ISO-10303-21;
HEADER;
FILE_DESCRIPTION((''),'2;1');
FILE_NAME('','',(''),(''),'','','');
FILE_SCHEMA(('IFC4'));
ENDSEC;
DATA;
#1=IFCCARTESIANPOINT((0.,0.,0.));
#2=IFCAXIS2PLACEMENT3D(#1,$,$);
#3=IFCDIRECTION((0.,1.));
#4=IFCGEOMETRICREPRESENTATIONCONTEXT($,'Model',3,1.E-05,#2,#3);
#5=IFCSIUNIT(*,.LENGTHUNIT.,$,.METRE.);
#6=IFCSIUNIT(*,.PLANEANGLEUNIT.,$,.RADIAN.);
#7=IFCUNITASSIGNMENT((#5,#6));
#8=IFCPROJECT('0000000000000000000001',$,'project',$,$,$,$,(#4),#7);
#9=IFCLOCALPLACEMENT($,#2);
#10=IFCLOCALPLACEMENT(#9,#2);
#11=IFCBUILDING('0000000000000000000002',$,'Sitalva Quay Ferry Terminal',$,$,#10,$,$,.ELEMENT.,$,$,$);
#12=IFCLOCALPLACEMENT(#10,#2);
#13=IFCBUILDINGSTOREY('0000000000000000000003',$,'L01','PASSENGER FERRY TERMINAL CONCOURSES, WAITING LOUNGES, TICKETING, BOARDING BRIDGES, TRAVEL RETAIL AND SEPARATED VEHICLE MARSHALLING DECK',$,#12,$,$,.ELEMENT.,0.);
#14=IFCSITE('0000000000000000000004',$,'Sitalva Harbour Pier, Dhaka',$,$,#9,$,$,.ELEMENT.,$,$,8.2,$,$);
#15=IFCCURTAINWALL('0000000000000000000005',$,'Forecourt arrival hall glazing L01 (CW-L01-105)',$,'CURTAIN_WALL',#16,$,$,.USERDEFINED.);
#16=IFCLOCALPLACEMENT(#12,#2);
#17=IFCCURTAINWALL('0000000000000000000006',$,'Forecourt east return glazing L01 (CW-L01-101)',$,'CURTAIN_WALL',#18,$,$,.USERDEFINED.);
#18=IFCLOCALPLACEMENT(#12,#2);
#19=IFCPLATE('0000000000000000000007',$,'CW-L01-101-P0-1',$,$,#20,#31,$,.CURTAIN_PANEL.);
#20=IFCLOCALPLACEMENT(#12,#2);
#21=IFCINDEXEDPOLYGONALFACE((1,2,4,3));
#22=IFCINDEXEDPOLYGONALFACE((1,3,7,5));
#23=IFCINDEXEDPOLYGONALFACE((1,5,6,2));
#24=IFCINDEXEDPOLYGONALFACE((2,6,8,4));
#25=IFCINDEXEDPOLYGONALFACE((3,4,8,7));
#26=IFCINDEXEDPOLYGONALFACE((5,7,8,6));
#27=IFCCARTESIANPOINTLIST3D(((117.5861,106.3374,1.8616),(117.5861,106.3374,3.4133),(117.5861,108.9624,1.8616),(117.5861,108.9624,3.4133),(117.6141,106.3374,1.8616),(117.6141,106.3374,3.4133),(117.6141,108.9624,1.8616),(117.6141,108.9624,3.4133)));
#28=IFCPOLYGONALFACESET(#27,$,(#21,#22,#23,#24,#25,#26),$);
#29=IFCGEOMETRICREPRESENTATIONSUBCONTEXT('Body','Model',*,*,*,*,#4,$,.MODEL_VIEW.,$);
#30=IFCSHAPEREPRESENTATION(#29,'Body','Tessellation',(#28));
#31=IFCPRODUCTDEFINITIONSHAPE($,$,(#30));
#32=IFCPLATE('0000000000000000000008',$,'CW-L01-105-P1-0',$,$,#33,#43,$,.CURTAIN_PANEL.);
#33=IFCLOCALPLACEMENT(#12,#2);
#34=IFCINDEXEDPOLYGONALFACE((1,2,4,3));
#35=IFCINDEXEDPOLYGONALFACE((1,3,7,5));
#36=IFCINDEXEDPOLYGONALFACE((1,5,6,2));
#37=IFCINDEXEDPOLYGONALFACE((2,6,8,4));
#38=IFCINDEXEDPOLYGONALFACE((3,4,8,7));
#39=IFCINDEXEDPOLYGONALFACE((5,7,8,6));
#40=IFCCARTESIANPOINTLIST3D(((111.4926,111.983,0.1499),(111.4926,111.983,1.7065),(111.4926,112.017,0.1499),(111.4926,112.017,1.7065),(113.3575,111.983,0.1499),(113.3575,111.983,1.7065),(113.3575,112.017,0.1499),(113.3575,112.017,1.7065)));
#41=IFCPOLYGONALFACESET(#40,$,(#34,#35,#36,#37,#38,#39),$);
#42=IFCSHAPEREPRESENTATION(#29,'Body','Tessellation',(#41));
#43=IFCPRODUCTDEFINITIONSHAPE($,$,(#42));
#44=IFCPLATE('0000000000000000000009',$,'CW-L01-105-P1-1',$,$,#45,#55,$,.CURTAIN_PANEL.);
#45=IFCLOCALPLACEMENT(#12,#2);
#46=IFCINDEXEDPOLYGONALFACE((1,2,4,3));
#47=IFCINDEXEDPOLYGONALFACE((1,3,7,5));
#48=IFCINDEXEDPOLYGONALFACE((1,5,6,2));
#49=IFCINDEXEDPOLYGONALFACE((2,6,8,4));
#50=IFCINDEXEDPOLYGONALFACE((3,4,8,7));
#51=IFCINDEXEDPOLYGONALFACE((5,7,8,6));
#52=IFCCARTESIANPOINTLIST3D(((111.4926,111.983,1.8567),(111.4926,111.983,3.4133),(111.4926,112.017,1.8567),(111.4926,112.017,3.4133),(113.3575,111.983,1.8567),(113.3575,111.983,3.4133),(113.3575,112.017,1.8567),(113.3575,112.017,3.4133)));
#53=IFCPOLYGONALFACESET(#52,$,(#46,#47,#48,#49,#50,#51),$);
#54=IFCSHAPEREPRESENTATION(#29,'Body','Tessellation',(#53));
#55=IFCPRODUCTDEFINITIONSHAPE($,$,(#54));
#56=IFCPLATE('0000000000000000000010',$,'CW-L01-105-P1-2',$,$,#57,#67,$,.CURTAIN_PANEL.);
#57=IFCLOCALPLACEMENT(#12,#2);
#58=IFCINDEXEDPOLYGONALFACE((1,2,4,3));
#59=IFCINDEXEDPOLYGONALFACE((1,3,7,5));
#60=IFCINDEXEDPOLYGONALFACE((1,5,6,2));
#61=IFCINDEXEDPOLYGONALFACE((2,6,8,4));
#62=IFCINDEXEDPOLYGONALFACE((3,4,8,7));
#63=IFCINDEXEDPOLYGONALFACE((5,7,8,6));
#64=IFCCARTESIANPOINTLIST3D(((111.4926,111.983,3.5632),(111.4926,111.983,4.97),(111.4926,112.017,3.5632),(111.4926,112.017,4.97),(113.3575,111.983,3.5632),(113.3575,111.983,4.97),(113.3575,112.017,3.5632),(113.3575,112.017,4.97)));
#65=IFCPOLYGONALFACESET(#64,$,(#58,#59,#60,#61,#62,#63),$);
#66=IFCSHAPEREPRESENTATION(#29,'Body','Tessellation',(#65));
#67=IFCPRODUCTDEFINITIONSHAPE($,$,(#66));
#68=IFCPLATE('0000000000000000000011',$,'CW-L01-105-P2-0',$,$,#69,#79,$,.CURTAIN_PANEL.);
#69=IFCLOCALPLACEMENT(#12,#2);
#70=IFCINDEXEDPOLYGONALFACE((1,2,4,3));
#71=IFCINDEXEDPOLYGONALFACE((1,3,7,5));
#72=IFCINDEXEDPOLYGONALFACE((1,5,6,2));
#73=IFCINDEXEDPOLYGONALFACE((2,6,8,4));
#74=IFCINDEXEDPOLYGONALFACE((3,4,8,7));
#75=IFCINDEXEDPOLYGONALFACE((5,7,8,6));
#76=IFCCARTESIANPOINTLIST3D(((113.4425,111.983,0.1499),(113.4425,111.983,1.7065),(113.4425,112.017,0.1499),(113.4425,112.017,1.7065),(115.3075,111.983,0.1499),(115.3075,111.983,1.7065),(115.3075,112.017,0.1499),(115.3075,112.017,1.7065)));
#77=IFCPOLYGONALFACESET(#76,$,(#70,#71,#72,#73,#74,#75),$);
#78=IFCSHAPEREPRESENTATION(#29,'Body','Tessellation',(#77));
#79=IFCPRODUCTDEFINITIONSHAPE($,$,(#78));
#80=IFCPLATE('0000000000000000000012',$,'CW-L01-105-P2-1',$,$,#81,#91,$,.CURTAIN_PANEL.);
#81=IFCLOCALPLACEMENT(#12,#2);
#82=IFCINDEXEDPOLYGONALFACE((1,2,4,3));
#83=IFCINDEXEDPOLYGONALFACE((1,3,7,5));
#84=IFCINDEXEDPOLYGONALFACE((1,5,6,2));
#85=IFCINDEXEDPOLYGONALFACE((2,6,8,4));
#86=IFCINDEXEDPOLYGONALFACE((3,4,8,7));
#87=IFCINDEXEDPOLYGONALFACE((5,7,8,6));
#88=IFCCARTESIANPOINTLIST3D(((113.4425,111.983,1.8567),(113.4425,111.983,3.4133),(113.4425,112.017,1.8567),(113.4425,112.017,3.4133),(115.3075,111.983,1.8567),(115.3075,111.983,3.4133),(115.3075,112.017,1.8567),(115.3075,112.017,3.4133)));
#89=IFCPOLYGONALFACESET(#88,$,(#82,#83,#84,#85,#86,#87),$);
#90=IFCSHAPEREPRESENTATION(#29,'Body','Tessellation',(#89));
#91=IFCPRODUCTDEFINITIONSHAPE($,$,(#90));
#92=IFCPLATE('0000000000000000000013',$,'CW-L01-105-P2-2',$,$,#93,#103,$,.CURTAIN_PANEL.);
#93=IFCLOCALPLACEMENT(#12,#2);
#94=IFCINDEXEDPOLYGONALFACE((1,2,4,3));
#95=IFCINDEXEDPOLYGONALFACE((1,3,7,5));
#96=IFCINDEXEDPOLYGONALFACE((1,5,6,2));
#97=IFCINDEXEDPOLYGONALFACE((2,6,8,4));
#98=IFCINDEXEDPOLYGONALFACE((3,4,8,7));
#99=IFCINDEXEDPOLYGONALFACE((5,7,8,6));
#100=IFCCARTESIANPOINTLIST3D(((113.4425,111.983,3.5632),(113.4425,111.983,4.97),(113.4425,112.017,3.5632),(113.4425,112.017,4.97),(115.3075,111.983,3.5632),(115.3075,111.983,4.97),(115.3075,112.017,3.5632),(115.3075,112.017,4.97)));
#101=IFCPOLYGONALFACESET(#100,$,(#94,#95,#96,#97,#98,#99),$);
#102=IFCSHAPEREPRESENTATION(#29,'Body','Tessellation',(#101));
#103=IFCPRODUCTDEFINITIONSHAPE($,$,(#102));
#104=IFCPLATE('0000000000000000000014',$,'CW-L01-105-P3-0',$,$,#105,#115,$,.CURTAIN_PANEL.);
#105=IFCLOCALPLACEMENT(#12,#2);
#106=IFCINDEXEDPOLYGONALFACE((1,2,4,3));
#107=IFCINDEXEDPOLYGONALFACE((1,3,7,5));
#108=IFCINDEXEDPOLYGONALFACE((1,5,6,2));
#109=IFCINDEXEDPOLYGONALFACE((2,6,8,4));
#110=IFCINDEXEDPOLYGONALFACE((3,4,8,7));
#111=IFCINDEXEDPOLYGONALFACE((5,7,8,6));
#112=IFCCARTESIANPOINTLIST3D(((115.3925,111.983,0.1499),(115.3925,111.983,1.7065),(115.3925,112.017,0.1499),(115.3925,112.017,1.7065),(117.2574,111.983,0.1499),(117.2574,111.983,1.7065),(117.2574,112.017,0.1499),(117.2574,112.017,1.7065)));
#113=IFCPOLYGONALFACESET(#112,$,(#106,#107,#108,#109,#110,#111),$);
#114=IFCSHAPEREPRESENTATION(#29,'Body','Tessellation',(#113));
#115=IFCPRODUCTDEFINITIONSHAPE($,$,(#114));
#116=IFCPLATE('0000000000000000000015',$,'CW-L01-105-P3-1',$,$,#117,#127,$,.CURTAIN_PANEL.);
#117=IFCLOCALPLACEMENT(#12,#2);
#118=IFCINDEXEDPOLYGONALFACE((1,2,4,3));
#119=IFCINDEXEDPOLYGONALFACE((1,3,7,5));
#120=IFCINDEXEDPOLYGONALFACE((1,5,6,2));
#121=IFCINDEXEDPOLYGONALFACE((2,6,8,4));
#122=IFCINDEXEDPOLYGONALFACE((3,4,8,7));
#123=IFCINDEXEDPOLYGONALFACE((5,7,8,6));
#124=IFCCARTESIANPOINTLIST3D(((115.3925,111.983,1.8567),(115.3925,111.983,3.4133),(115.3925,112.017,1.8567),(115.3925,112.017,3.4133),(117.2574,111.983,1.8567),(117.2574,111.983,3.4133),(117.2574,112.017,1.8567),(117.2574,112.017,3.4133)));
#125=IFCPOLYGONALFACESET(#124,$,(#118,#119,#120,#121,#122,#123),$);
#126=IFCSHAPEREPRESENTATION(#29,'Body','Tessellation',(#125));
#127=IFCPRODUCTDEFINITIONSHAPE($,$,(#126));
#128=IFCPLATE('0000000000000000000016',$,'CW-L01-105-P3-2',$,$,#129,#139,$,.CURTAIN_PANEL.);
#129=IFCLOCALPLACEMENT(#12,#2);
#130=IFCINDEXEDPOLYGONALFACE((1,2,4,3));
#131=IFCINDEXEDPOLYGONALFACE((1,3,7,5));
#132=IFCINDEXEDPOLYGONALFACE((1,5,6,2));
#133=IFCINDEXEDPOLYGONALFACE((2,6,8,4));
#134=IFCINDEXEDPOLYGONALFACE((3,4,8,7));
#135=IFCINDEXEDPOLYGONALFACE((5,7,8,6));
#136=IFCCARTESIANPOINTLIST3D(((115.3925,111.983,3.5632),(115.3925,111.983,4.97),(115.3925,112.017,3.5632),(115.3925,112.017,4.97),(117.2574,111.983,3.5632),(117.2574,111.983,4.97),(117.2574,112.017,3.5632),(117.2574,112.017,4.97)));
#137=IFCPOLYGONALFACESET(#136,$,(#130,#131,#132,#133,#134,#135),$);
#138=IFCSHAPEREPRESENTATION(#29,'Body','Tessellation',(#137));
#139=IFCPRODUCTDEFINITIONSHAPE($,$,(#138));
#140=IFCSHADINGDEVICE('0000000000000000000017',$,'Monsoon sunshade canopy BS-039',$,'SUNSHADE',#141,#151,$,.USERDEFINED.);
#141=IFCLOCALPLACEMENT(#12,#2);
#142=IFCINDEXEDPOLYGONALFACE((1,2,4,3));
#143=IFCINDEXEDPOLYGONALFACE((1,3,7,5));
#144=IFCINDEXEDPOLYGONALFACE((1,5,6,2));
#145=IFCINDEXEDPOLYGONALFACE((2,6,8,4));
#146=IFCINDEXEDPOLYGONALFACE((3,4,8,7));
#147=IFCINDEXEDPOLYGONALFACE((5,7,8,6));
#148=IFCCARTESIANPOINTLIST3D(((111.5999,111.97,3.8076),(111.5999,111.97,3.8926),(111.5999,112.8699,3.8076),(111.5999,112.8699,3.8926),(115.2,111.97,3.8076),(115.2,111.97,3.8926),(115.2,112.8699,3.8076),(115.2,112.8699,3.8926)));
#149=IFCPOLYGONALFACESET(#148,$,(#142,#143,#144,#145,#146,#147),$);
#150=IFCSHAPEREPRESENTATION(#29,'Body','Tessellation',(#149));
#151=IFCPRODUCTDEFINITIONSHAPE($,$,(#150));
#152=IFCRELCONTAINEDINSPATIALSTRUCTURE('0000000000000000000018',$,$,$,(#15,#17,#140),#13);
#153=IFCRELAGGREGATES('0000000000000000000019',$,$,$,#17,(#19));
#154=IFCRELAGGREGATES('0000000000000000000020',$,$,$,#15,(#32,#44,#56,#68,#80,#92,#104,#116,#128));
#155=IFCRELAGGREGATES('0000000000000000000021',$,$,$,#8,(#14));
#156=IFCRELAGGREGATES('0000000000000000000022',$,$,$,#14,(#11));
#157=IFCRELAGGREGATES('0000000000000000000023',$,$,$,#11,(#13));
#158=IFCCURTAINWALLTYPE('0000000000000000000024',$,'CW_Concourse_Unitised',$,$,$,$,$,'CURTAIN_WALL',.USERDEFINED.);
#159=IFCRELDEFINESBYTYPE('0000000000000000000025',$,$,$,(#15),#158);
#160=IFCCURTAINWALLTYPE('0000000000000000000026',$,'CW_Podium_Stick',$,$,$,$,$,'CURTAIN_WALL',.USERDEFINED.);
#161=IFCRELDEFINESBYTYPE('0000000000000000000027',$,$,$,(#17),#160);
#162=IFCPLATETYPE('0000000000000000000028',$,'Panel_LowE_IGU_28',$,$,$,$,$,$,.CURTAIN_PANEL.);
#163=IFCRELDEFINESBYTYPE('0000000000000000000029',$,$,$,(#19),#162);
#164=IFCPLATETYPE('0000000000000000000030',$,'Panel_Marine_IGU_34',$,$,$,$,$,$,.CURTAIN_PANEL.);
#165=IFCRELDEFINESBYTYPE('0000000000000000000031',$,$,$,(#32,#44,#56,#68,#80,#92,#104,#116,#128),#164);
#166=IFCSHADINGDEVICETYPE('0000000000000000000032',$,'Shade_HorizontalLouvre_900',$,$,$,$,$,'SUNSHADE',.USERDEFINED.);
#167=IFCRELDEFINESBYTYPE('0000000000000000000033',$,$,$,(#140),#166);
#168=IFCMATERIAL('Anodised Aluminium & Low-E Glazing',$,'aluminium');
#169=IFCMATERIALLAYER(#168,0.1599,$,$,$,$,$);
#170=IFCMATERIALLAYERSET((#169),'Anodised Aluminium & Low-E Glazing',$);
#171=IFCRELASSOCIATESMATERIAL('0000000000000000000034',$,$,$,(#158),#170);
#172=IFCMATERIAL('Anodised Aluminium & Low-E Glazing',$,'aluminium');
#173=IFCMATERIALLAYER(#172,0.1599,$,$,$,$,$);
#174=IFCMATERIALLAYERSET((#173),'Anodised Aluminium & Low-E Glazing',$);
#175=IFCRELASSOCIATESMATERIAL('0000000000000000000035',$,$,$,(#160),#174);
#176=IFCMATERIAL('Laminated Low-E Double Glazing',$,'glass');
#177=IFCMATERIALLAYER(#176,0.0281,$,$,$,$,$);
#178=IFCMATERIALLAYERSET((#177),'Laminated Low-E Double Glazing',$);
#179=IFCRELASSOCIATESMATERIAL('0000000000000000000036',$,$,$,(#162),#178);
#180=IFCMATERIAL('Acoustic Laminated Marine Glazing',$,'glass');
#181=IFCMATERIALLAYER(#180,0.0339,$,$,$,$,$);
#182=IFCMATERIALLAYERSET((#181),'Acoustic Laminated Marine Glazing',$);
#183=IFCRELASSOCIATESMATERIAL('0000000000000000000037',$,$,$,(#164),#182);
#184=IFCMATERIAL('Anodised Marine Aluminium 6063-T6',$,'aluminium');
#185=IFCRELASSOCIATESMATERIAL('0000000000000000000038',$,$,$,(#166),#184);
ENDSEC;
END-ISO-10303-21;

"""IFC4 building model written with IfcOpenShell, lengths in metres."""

from ifc_helpers import new_model, si_unit, direction, frame, origin, origin_2d, place, context, subcontext, project, spatial, rectangle, extrude, material, layer, layer_set, type_object, element, aggregate, save


model = new_model("IFC4")

# Units and contexts
model_context = context("Model", 3, precision=1e-05, world=origin(), true_north=direction((0.0, 1.0)))
body_context = subcontext(model_context, "Body", "Model", "MODEL_VIEW")
ifc_project = project(units=[si_unit("LENGTHUNIT", "METRE"), si_unit("PLANEANGLEUNIT", "RADIAN")], contexts=[model_context])

# Site, building, storey
site_placement = place(None, origin())
site = spatial("IfcSite", under=ifc_project, at=site_placement, Name="Sitalva Harbour Pier, Dhaka", CompositionType="ELEMENT", RefElevation=8.2)
building_placement = place(site_placement, origin())
building = spatial("IfcBuilding", under=site, at=building_placement, Name="Sitalva Quay Ferry Terminal", CompositionType="ELEMENT")
storey_placement = place(building_placement, origin())
storey = spatial("IfcBuildingStorey", under=building, at=storey_placement, Name="L01", Description="PASSENGER FERRY TERMINAL CONCOURSES, WAITING LOUNGES, TICKETING, BOARDING BRIDGES, TRAVEL RETAIL AND SEPARATED VEHICLE MARSHALLING DECK", CompositionType="ELEMENT", Elevation=0.0)

# Curtain wall
ifc_material_1 = material(Name="Anodised Aluminium & Low-E Glazing", Category="aluminium")
ifc_layer_1 = layer(ifc_material_1, 0.1599)
ifc_layer_set_1 = layer_set([ifc_layer_1], Name="Anodised Aluminium & Low-E Glazing")
curtain_wall_type_1 = type_object("IfcCurtainWallType", Name="CW_Concourse_Unitised", ElementType="CURTAIN_WALL", PredefinedType="USERDEFINED", material=ifc_layer_set_1)
curtain_wall_1_placement = place(storey_placement, origin())
curtain_wall_1 = element("IfcCurtainWall", 1, at=curtain_wall_1_placement, inside=storey, type_object=curtain_wall_type_1, Name="Forecourt arrival hall glazing L01 (CW-L01-105)", ObjectType="CURTAIN_WALL", PredefinedType="USERDEFINED")

# Curtain wall, plate
ifc_material_2 = material(Name="Anodised Aluminium & Low-E Glazing", Category="aluminium")
ifc_layer_2 = layer(ifc_material_2, 0.1599)
ifc_layer_set_2 = layer_set([ifc_layer_2], Name="Anodised Aluminium & Low-E Glazing")
curtain_wall_type_2 = type_object("IfcCurtainWallType", Name="CW_Podium_Stick", ElementType="CURTAIN_WALL", PredefinedType="USERDEFINED", material=ifc_layer_set_2)
curtain_wall_2_placement = place(storey_placement, origin())
curtain_wall_2 = element("IfcCurtainWall", 2, at=curtain_wall_2_placement, inside=storey, type_object=curtain_wall_type_2, Name="Forecourt east return glazing L01 (CW-L01-101)", ObjectType="CURTAIN_WALL", PredefinedType="USERDEFINED")
ifc_material_3 = material(Name="Laminated Low-E Double Glazing", Category="glass")
ifc_layer_3 = layer(ifc_material_3, 0.0281)
ifc_layer_set_3 = layer_set([ifc_layer_3], Name="Laminated Low-E Double Glazing")
plate_type_1 = type_object("IfcPlateType", Name="Panel_LowE_IGU_28", PredefinedType="CURTAIN_PANEL", material=ifc_layer_set_3)
plate_1_placement = place(storey_placement, frame((117.6001, 107.6499, 1.8616), z_axis=(0.0, 0.0, 1.0), x_axis=(0.0, 1.0, 0.0)))
plate_1 = element("IfcPlate", 3, at=plate_1_placement, type_object=plate_type_1, Name="CW-L01-101-P0-1", PredefinedType="CURTAIN_PANEL", context=body_context, shape_type="SweptSolid", body=[
    extrude(rectangle(XDim=2.625, YDim=0.0281, at=origin_2d()), origin(), (0.0, 0.0, 1.0), 1.5518),
])
aggregate(curtain_wall_2, [plate_1])

# Plates
ifc_material_4 = material(Name="Acoustic Laminated Marine Glazing", Category="glass")
ifc_layer_4 = layer(ifc_material_4, 0.0339)
ifc_layer_set_4 = layer_set([ifc_layer_4], Name="Acoustic Laminated Marine Glazing")
plate_type_2 = type_object("IfcPlateType", Name="Panel_Marine_IGU_34", PredefinedType="CURTAIN_PANEL", material=ifc_layer_set_4)
plate_2_placement = place(storey_placement, frame((112.425, 112.0, 0.1499), z_axis=(0.0, 0.0, 1.0), x_axis=(1.0, 0.0, 0.0)))
plate_2 = element("IfcPlate", 4, at=plate_2_placement, type_object=plate_type_2, Name="CW-L01-105-P1-0", PredefinedType="CURTAIN_PANEL", context=body_context, shape_type="SweptSolid", body=[
    extrude(rectangle(XDim=1.865, YDim=0.0339, at=origin_2d()), origin(), (0.0, 0.0, 1.0), 1.5566),
])
plate_3_placement = place(storey_placement, frame((112.425, 112.0, 1.8567), z_axis=(0.0, 0.0, 1.0), x_axis=(1.0, 0.0, 0.0)))
plate_3 = element("IfcPlate", 5, at=plate_3_placement, type_object=plate_type_2, Name="CW-L01-105-P1-1", PredefinedType="CURTAIN_PANEL", context=body_context, shape_type="SweptSolid", body=[
    extrude(rectangle(XDim=1.865, YDim=0.0339, at=origin_2d()), origin(), (0.0, 0.0, 1.0), 1.5566),
])
plate_4_placement = place(storey_placement, frame((112.425, 112.0, 3.5632), z_axis=(0.0, 0.0, 1.0), x_axis=(1.0, 0.0, 0.0)))
plate_4 = element("IfcPlate", 6, at=plate_4_placement, type_object=plate_type_2, Name="CW-L01-105-P1-2", PredefinedType="CURTAIN_PANEL", context=body_context, shape_type="SweptSolid", body=[
    extrude(rectangle(XDim=1.865, YDim=0.0339, at=origin_2d()), origin(), (0.0, 0.0, 1.0), 1.4067),
])
plate_5_placement = place(storey_placement, frame((114.375, 112.0, 0.1499), z_axis=(0.0, 0.0, 1.0), x_axis=(1.0, 0.0, 0.0)))
plate_5 = element("IfcPlate", 7, at=plate_5_placement, type_object=plate_type_2, Name="CW-L01-105-P2-0", PredefinedType="CURTAIN_PANEL", context=body_context, shape_type="SweptSolid", body=[
    extrude(rectangle(XDim=1.865, YDim=0.0339, at=origin_2d()), origin(), (0.0, 0.0, 1.0), 1.5566),
])
plate_6_placement = place(storey_placement, frame((114.375, 112.0, 1.8567), z_axis=(0.0, 0.0, 1.0), x_axis=(1.0, 0.0, 0.0)))
plate_6 = element("IfcPlate", 8, at=plate_6_placement, type_object=plate_type_2, Name="CW-L01-105-P2-1", PredefinedType="CURTAIN_PANEL", context=body_context, shape_type="SweptSolid", body=[
    extrude(rectangle(XDim=1.865, YDim=0.0339, at=origin_2d()), origin(), (0.0, 0.0, 1.0), 1.5566),
])
plate_7_placement = place(storey_placement, frame((114.375, 112.0, 3.5632), z_axis=(0.0, 0.0, 1.0), x_axis=(1.0, 0.0, 0.0)))
plate_7 = element("IfcPlate", 9, at=plate_7_placement, type_object=plate_type_2, Name="CW-L01-105-P2-2", PredefinedType="CURTAIN_PANEL", context=body_context, shape_type="SweptSolid", body=[
    extrude(rectangle(XDim=1.865, YDim=0.0339, at=origin_2d()), origin(), (0.0, 0.0, 1.0), 1.4067),
])
plate_8_placement = place(storey_placement, frame((116.325, 112.0, 0.1499), z_axis=(0.0, 0.0, 1.0), x_axis=(1.0, 0.0, 0.0)))
plate_8 = element("IfcPlate", 10, at=plate_8_placement, type_object=plate_type_2, Name="CW-L01-105-P3-0", PredefinedType="CURTAIN_PANEL", context=body_context, shape_type="SweptSolid", body=[
    extrude(rectangle(XDim=1.865, YDim=0.0339, at=origin_2d()), origin(), (0.0, 0.0, 1.0), 1.5566),
])
plate_9_placement = place(storey_placement, frame((116.325, 112.0, 1.8567), z_axis=(0.0, 0.0, 1.0), x_axis=(1.0, 0.0, 0.0)))
plate_9 = element("IfcPlate", 11, at=plate_9_placement, type_object=plate_type_2, Name="CW-L01-105-P3-1", PredefinedType="CURTAIN_PANEL", context=body_context, shape_type="SweptSolid", body=[
    extrude(rectangle(XDim=1.865, YDim=0.0339, at=origin_2d()), origin(), (0.0, 0.0, 1.0), 1.5566),
])
plate_10_placement = place(storey_placement, frame((116.325, 112.0, 3.5632), z_axis=(0.0, 0.0, 1.0), x_axis=(1.0, 0.0, 0.0)))
plate_10 = element("IfcPlate", 12, at=plate_10_placement, type_object=plate_type_2, Name="CW-L01-105-P3-2", PredefinedType="CURTAIN_PANEL", context=body_context, shape_type="SweptSolid", body=[
    extrude(rectangle(XDim=1.865, YDim=0.0339, at=origin_2d()), origin(), (0.0, 0.0, 1.0), 1.4067),
])
aggregate(curtain_wall_1, [plate_2, plate_3, plate_4, plate_5, plate_6, plate_7, plate_8, plate_9, plate_10])

# Shading device
ifc_material_5 = material(Name="Anodised Marine Aluminium 6063-T6", Category="aluminium")
shading_device_type = type_object("IfcShadingDeviceType", Name="Shade_HorizontalLouvre_900", ElementType="SUNSHADE", PredefinedType="USERDEFINED", material=ifc_material_5)
shading_device_placement = place(storey_placement, frame((113.3999, 112.4199, 3.8076), z_axis=(0.0, 0.0, 1.0), x_axis=(1.0, 0.0, 0.0)))
element("IfcShadingDevice", 13, at=shading_device_placement, inside=storey, type_object=shading_device_type, Name="Monsoon sunshade canopy BS-039", ObjectType="SUNSHADE", PredefinedType="USERDEFINED", context=body_context, shape_type="SweptSolid", body=[
    extrude(rectangle(XDim=3.6001, YDim=0.8999, at=origin_2d()), origin(), (0.0, 0.0, 1.0), 0.085),
])

save(model, "model.ifc")
